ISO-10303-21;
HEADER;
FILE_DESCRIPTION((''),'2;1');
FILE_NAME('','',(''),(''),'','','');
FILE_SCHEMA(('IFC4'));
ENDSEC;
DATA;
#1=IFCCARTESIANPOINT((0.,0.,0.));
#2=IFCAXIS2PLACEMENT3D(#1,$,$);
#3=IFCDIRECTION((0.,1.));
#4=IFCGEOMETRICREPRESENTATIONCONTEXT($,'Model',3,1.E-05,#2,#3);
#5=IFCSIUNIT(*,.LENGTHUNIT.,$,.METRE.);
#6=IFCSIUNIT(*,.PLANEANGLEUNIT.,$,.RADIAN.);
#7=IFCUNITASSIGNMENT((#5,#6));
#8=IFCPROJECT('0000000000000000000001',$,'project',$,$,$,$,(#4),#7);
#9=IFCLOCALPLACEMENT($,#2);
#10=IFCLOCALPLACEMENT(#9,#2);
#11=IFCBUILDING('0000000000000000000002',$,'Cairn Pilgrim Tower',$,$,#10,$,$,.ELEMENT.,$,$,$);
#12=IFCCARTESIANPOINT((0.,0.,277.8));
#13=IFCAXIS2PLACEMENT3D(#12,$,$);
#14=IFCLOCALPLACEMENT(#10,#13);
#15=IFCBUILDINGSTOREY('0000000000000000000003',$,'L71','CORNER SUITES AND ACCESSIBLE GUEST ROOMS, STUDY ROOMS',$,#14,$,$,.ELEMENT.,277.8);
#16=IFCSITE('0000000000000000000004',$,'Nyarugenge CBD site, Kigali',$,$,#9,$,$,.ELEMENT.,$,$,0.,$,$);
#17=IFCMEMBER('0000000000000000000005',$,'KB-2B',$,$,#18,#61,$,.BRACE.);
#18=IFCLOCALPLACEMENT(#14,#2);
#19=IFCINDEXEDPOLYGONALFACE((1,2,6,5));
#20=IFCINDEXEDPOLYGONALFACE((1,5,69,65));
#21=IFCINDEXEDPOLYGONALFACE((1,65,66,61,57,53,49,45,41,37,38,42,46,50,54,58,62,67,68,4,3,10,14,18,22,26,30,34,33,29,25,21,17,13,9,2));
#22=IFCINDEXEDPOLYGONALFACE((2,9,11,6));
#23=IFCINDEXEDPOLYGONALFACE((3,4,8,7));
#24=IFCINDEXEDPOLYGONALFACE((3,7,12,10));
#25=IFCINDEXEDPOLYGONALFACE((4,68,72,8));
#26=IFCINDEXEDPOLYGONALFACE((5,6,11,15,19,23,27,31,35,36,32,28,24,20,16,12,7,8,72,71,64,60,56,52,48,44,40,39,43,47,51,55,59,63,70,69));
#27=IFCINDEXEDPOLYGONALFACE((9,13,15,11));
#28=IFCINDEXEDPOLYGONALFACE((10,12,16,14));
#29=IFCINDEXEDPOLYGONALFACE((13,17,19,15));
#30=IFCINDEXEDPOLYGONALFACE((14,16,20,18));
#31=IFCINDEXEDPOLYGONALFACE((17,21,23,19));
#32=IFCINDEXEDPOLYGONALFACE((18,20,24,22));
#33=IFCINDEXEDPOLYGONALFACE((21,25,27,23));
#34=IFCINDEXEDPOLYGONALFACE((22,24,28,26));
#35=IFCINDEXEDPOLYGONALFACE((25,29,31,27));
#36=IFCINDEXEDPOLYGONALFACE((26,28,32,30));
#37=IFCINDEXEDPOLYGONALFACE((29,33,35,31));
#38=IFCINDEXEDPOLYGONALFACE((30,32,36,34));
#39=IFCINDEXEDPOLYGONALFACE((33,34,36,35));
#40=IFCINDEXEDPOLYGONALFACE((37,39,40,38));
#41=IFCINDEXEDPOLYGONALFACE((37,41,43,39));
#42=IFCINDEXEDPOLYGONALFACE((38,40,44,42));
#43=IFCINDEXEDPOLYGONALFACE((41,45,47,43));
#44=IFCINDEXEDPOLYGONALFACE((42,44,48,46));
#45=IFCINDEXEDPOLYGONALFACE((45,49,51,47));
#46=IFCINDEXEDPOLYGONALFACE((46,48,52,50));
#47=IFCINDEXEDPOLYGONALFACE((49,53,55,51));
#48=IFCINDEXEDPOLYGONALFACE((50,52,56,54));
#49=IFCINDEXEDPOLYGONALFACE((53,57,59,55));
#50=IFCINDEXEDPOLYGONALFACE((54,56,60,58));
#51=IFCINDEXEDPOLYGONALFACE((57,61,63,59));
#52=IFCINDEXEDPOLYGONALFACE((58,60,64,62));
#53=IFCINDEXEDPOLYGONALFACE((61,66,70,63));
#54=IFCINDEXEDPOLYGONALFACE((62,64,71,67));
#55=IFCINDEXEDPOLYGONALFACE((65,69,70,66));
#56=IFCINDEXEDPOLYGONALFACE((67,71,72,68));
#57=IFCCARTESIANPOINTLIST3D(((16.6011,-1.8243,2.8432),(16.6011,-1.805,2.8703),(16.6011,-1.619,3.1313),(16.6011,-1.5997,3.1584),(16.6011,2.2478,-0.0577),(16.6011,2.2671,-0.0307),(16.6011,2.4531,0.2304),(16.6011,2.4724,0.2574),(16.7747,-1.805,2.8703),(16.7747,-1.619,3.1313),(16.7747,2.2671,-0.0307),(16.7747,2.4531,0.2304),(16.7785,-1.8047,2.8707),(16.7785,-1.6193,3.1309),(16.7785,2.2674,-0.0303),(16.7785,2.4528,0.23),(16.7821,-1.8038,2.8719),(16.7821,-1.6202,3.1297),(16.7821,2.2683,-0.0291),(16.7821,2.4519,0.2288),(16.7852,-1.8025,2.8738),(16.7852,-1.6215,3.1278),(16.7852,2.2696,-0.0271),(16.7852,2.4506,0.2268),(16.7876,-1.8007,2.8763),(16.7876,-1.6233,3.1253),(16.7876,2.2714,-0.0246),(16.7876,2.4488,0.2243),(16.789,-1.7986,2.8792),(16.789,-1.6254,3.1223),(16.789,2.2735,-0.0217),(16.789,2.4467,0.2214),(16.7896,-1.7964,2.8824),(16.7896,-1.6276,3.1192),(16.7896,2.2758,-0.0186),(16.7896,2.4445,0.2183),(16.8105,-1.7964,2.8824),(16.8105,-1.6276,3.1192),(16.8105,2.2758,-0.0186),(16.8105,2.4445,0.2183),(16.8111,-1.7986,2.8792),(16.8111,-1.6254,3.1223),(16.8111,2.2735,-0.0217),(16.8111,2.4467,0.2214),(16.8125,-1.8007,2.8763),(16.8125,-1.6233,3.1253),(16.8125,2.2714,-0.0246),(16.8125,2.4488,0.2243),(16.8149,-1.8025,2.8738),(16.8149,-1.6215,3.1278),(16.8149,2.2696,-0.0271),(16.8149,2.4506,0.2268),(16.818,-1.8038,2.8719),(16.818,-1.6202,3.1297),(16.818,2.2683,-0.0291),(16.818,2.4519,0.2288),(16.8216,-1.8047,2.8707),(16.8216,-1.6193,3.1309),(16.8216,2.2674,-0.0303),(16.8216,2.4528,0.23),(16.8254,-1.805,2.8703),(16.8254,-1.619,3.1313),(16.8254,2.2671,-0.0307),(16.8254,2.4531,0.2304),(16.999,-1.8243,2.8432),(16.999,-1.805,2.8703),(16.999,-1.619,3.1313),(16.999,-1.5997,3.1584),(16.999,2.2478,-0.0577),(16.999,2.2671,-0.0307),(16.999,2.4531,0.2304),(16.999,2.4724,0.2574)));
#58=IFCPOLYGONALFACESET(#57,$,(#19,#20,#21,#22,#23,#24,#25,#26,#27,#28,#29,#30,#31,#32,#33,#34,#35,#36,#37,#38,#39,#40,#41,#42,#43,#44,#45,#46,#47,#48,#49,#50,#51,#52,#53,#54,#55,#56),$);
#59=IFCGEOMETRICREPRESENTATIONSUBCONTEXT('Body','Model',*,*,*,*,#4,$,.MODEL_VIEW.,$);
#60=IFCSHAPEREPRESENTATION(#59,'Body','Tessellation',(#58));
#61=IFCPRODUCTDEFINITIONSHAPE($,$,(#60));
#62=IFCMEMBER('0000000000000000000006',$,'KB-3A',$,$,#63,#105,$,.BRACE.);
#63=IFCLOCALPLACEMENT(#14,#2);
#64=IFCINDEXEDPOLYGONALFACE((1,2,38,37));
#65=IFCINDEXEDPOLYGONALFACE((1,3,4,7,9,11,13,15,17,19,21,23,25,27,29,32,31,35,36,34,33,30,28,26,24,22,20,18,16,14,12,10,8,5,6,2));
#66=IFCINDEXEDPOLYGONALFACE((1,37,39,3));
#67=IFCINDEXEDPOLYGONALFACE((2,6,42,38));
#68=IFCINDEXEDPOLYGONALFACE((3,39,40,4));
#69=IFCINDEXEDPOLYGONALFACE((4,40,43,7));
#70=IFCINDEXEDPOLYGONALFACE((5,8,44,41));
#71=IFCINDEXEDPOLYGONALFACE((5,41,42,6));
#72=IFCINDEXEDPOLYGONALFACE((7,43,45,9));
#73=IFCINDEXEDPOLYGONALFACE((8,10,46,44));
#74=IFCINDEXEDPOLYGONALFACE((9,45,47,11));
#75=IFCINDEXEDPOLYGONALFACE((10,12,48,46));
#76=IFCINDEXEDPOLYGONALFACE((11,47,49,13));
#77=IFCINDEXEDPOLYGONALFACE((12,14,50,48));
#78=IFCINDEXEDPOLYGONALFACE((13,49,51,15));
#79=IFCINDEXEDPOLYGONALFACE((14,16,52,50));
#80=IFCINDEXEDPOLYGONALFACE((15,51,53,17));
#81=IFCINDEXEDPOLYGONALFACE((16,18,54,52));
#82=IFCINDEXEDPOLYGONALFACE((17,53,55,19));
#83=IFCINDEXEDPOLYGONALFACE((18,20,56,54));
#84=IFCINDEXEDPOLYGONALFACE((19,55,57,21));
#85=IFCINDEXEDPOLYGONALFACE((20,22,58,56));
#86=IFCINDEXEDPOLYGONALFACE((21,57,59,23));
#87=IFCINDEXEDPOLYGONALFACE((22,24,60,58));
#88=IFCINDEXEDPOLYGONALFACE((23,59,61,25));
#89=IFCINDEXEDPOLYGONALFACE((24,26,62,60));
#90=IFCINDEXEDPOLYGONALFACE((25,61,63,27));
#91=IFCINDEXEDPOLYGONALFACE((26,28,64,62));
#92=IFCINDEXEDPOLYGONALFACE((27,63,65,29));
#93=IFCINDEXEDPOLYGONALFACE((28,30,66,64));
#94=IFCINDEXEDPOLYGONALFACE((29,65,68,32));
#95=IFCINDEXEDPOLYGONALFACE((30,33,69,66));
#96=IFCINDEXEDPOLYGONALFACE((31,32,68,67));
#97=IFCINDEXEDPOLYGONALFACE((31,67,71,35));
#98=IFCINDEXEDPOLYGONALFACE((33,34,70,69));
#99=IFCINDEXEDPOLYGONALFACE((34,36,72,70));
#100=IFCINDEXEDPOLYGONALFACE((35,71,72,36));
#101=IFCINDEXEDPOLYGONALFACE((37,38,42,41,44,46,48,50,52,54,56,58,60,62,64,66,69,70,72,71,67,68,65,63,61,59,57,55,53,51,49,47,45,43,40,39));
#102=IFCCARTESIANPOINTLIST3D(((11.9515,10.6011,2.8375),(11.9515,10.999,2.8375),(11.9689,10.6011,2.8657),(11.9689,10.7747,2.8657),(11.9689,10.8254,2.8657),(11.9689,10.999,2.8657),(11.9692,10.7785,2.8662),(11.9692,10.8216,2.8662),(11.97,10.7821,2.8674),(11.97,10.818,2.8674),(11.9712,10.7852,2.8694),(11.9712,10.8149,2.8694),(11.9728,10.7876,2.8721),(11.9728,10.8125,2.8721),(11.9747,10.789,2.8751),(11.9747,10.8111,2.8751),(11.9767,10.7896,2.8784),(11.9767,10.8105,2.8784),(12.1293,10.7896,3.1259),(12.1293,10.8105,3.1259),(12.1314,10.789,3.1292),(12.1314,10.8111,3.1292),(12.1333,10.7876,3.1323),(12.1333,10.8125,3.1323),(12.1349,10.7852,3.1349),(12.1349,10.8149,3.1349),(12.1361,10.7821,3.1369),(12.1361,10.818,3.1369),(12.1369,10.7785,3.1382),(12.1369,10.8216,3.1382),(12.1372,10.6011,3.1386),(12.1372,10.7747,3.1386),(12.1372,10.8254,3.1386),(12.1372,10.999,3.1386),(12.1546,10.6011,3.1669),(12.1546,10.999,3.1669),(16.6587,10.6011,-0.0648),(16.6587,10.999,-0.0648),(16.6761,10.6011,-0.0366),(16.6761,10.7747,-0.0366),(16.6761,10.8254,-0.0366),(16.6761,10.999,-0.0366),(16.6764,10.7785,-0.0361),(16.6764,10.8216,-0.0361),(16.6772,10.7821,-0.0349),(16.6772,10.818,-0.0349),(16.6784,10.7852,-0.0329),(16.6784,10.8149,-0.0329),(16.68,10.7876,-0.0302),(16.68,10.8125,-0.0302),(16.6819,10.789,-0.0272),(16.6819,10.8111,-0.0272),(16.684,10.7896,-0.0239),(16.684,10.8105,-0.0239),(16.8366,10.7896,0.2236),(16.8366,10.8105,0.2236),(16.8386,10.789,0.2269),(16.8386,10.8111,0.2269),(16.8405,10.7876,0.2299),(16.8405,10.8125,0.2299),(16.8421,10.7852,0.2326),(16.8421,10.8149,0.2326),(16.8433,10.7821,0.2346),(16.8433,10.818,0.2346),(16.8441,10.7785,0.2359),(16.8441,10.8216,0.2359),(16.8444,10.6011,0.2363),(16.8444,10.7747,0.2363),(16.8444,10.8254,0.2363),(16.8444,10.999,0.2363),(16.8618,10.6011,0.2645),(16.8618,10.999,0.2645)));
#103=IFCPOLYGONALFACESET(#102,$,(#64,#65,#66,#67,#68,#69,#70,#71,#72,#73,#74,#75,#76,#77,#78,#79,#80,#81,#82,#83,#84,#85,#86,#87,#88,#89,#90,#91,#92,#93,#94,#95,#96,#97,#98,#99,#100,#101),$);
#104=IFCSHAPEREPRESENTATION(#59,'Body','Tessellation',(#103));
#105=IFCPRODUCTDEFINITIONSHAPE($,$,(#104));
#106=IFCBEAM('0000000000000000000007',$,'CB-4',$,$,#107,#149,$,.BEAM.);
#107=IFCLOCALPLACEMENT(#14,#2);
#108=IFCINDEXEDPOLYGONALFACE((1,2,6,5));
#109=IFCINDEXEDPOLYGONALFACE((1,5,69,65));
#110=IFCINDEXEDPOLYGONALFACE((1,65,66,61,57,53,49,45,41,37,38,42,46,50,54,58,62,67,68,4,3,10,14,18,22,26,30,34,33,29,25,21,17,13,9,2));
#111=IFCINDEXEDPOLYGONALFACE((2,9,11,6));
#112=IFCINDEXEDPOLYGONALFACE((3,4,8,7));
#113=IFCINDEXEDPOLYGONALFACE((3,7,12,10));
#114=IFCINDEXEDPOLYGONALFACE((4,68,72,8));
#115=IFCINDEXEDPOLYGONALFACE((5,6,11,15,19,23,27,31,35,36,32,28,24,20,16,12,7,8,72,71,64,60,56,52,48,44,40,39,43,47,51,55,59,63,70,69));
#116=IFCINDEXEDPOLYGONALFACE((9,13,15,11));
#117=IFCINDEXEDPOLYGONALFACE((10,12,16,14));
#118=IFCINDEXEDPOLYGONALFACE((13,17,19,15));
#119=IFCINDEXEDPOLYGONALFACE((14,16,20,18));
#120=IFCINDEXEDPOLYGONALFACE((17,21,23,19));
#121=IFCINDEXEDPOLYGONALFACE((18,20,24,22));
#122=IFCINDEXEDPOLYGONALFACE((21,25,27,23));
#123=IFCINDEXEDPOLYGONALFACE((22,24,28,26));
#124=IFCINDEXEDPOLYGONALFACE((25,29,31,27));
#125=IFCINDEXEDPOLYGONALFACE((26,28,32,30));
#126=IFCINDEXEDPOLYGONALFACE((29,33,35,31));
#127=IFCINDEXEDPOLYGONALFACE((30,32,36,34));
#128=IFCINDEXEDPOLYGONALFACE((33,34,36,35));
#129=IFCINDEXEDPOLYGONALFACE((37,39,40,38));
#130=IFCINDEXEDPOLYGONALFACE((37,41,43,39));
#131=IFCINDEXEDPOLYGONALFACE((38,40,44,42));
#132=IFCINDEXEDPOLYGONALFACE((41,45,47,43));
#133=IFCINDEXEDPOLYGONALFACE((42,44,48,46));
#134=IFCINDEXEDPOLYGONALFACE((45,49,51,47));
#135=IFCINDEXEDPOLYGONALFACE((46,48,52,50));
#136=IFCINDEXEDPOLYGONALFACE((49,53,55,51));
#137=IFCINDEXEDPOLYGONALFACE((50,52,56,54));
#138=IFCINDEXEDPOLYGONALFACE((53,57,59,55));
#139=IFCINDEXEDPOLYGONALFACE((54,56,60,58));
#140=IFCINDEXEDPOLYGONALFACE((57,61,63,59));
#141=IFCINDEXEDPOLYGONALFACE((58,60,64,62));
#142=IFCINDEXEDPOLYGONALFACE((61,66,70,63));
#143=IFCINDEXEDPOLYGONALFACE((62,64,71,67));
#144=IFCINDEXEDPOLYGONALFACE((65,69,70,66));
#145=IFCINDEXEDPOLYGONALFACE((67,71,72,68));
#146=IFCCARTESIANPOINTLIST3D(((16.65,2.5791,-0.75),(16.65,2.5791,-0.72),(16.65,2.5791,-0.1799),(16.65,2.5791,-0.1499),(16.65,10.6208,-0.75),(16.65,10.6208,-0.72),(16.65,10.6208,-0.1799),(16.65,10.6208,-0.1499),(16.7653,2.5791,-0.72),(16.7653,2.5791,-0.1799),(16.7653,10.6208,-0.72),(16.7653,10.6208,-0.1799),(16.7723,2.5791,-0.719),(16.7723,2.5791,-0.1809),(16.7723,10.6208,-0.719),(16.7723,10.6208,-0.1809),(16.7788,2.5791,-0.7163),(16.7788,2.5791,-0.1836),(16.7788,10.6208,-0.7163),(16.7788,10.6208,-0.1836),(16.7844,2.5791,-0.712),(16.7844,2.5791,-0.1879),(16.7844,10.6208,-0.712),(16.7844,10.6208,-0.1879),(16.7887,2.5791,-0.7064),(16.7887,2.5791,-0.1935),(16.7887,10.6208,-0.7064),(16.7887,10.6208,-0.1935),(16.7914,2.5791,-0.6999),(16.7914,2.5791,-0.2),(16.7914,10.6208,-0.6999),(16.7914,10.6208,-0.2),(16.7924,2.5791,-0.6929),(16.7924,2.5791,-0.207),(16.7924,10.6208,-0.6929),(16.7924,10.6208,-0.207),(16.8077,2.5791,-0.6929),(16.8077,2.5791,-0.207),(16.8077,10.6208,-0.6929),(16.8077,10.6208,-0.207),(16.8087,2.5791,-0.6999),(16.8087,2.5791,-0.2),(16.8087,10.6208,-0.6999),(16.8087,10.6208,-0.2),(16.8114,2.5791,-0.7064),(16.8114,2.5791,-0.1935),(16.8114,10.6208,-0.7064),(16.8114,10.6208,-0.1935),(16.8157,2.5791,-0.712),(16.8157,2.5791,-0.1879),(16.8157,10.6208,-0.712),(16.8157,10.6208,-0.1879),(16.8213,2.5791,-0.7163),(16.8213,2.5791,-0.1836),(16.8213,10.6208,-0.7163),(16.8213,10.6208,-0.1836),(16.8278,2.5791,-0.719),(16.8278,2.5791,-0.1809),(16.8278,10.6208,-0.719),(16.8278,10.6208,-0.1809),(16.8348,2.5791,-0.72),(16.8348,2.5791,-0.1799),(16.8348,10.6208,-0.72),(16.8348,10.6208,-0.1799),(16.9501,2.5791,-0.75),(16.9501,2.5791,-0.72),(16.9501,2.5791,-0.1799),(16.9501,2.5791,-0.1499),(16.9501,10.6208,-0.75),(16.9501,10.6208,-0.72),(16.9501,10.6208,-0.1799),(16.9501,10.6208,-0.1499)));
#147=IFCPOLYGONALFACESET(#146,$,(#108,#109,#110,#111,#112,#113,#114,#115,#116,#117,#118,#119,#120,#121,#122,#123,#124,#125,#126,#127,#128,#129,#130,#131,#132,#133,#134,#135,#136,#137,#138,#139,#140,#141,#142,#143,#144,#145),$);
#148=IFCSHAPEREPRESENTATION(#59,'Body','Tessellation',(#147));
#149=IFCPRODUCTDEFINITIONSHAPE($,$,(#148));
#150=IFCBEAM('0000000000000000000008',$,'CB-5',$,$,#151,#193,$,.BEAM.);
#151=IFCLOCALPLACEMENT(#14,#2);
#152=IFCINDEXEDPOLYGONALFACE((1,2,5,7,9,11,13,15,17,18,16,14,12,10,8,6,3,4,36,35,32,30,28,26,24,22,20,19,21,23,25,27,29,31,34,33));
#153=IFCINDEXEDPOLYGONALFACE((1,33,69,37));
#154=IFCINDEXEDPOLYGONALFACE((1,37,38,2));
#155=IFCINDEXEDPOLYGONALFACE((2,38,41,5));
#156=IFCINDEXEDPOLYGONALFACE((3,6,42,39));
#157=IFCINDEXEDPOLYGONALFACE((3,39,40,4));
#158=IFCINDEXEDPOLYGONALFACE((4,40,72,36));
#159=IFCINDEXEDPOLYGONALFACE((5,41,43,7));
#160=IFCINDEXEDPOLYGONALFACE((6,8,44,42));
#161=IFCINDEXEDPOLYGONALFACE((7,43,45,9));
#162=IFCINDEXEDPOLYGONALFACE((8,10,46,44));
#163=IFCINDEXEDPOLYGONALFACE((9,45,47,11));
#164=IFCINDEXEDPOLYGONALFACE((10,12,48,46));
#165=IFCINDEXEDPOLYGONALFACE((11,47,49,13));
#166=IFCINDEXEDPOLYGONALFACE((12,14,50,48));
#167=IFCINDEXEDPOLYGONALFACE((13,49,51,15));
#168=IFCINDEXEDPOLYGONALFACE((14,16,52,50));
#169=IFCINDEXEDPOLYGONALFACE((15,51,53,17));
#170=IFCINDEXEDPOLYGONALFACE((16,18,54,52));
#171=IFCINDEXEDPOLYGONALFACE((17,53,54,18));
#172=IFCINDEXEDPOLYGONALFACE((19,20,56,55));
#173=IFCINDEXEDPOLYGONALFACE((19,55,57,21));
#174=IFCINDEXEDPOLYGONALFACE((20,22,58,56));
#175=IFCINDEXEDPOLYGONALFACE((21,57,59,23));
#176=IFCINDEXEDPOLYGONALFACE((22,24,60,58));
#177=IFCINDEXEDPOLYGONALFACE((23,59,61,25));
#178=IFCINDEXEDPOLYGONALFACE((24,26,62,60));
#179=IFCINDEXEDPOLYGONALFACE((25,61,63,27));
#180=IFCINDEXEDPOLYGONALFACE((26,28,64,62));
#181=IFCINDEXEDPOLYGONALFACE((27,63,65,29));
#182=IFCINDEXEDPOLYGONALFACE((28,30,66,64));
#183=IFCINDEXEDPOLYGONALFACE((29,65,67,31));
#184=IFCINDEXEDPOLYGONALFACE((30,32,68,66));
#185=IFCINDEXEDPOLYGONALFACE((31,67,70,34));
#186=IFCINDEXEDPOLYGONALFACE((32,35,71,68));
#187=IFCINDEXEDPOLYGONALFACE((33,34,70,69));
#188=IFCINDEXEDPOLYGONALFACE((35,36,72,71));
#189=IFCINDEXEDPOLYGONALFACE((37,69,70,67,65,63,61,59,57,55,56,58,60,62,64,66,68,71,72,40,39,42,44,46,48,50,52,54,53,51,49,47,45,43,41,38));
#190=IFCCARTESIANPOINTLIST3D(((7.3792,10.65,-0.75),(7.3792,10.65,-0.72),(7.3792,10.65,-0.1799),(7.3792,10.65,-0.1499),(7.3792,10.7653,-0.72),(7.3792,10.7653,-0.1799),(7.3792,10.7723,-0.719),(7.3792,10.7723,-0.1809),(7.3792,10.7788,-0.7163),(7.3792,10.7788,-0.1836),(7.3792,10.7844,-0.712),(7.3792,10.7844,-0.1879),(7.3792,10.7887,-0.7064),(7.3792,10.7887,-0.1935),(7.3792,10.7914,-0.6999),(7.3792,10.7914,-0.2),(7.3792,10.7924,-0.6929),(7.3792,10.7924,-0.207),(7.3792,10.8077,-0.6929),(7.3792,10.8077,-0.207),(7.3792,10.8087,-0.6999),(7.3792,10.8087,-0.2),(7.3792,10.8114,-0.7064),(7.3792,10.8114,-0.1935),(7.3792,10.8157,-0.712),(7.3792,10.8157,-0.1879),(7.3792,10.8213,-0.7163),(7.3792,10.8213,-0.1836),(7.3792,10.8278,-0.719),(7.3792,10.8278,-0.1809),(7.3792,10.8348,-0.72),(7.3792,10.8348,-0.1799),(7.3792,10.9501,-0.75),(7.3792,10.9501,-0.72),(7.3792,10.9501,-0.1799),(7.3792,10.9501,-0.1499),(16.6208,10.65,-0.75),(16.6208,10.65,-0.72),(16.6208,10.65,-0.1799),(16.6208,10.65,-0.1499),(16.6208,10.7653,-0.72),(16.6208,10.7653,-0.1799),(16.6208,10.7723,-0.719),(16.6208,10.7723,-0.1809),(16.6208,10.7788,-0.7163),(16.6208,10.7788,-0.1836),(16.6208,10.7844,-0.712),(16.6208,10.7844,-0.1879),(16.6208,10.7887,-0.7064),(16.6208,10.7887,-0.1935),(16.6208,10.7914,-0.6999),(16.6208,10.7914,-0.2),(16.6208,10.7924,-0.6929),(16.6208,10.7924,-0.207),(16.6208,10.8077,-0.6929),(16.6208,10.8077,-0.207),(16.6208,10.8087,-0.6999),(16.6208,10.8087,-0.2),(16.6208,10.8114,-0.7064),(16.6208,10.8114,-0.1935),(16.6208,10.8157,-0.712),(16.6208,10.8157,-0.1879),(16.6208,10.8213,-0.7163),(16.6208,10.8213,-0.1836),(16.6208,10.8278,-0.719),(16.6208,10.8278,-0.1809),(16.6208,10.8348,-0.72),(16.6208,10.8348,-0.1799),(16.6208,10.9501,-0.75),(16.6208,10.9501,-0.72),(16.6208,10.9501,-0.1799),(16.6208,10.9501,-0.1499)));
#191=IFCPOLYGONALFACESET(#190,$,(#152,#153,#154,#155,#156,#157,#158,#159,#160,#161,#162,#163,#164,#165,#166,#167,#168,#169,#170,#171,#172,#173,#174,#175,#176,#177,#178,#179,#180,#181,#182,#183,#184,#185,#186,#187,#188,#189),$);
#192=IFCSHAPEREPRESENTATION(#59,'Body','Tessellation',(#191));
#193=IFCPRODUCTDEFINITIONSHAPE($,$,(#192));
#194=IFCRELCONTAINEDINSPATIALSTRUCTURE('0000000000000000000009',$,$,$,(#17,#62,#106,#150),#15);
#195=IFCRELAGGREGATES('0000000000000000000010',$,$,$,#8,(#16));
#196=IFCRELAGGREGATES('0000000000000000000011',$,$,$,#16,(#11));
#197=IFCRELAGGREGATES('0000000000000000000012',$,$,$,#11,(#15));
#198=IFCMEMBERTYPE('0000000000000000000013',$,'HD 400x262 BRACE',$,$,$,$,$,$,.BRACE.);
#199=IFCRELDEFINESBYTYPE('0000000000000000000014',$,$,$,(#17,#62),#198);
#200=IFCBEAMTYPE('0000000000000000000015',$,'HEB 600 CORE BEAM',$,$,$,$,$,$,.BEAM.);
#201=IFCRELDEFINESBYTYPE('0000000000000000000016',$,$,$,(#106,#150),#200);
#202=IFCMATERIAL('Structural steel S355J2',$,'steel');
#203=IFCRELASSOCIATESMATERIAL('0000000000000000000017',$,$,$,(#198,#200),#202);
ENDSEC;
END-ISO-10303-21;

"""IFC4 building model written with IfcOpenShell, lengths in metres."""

from ifc_helpers import new_model, si_unit, direction, frame, origin, origin_2d, place, context, subcontext, project, spatial, i_section, extrude, material, material_profile, profile_set, type_object, element, save


model = new_model("IFC4")

# Units and contexts
model_context = context("Model", 3, precision=1e-05, world=origin(), true_north=direction((0.0, 1.0)))
body_context = subcontext(model_context, "Body", "Model", "MODEL_VIEW")
ifc_project = project(units=[si_unit("LENGTHUNIT", "METRE"), si_unit("PLANEANGLEUNIT", "RADIAN")], contexts=[model_context])

# Site, building, storey
site_placement = place(None, origin())
site = spatial("IfcSite", under=ifc_project, at=site_placement, Name="Nyarugenge CBD site, Kigali", CompositionType="ELEMENT", RefElevation=0.0)
building_placement = place(site_placement, origin())
building = spatial("IfcBuilding", under=site, at=building_placement, Name="Cairn Pilgrim Tower", CompositionType="ELEMENT")
storey_placement = place(building_placement, frame((0.0, 0.0, 277.8)))
storey = spatial("IfcBuildingStorey", under=building, at=storey_placement, Name="L71", Description="CORNER SUITES AND ACCESSIBLE GUEST ROOMS, STUDY ROOMS", CompositionType="ELEMENT", Elevation=277.8)

# Shared definitions
ifc_material_1 = material(Name="Structural steel S355J2", Category="steel")

# Members
ifc_material_profile_1 = material_profile(ifc_material_1, i_section(OverallWidth=0.3979, OverallDepth=0.387, WebThickness=0.021, FlangeThickness=0.0332, FilletRadius=0.0149, at=origin_2d()), Name="HD 400x262")
ifc_profile_set_1 = profile_set([ifc_material_profile_1], Name="Structural steel S355J2")
member_type = type_object("IfcMemberType", Name="HD 400x262 BRACE", PredefinedType="BRACE", material=ifc_profile_set_1)
member_1_placement = place(storey_placement, frame((16.8, 2.3601, 0.0999), z_axis=(0.0, -0.814462, 0.580217), x_axis=(1.0, 0.0, 0.0)))
element("IfcMember", 1, at=member_1_placement, inside=storey, type_object=member_type, Name="KB-2B", PredefinedType="BRACE", context=body_context, shape_type="SweptSolid", body=[
    extrude(i_section(OverallWidth=0.3979, OverallDepth=0.387, WebThickness=0.021, FlangeThickness=0.0332, FilletRadius=0.0149, at=origin_2d()), origin(), (0.0, 0.0, 1.0), 4.9998),
])
member_2_placement = place(storey_placement, frame((16.7603, 10.8, 0.0999), z_axis=(-0.851209, 0.0, 0.524826), x_axis=(0.0, -1.0, 0.0)))
element("IfcMember", 2, at=member_2_placement, inside=storey, type_object=member_type, Name="KB-3A", PredefinedType="BRACE", context=body_context, shape_type="SweptSolid", body=[
    extrude(i_section(OverallWidth=0.3979, OverallDepth=0.387, WebThickness=0.021, FlangeThickness=0.0332, FilletRadius=0.0149, at=origin_2d()), origin(), (0.0, 0.0, 1.0), 5.53),
])

# Beams
ifc_material_profile_2 = material_profile(ifc_material_1, i_section(OverallWidth=0.3, OverallDepth=0.6001, WebThickness=0.0154, FlangeThickness=0.03, FilletRadius=0.0271, at=origin_2d()), Name="HEB 600")
ifc_profile_set_2 = profile_set([ifc_material_profile_2], Name="Structural steel S355J2")
beam_type_1 = type_object("IfcBeamType", Name="HEB 600 CORE BEAM", PredefinedType="BEAM", material=ifc_profile_set_2)
beam_1_placement = place(storey_placement, frame((16.8, 2.5791, -0.45), z_axis=(0.0, 1.0, 0.0), x_axis=(-1.0, 0.0, 0.0)))
element("IfcBeam", 3, at=beam_1_placement, inside=storey, type_object=beam_type_1, Name="CB-4", PredefinedType="BEAM", context=body_context, shape_type="SweptSolid", body=[
    extrude(i_section(OverallWidth=0.3, OverallDepth=0.6001, WebThickness=0.0154, FlangeThickness=0.03, FilletRadius=0.0271, at=origin_2d()), origin(), (0.0, 0.0, 1.0), 8.0417),
])
beam_2_placement = place(storey_placement, frame((16.6208, 10.8, -0.45), z_axis=(-1.0, 0.0, 0.0), x_axis=(0.0, -1.0, 0.0)))
element("IfcBeam", 4, at=beam_2_placement, inside=storey, type_object=beam_type_1, Name="CB-5", PredefinedType="BEAM", context=body_context, shape_type="SweptSolid", body=[
    extrude(i_section(OverallWidth=0.3, OverallDepth=0.6001, WebThickness=0.0154, FlangeThickness=0.03, FilletRadius=0.0271, at=origin_2d()), origin(), (0.0, 0.0, 1.0), 9.2417),
])

save(model, "model.ifc")
